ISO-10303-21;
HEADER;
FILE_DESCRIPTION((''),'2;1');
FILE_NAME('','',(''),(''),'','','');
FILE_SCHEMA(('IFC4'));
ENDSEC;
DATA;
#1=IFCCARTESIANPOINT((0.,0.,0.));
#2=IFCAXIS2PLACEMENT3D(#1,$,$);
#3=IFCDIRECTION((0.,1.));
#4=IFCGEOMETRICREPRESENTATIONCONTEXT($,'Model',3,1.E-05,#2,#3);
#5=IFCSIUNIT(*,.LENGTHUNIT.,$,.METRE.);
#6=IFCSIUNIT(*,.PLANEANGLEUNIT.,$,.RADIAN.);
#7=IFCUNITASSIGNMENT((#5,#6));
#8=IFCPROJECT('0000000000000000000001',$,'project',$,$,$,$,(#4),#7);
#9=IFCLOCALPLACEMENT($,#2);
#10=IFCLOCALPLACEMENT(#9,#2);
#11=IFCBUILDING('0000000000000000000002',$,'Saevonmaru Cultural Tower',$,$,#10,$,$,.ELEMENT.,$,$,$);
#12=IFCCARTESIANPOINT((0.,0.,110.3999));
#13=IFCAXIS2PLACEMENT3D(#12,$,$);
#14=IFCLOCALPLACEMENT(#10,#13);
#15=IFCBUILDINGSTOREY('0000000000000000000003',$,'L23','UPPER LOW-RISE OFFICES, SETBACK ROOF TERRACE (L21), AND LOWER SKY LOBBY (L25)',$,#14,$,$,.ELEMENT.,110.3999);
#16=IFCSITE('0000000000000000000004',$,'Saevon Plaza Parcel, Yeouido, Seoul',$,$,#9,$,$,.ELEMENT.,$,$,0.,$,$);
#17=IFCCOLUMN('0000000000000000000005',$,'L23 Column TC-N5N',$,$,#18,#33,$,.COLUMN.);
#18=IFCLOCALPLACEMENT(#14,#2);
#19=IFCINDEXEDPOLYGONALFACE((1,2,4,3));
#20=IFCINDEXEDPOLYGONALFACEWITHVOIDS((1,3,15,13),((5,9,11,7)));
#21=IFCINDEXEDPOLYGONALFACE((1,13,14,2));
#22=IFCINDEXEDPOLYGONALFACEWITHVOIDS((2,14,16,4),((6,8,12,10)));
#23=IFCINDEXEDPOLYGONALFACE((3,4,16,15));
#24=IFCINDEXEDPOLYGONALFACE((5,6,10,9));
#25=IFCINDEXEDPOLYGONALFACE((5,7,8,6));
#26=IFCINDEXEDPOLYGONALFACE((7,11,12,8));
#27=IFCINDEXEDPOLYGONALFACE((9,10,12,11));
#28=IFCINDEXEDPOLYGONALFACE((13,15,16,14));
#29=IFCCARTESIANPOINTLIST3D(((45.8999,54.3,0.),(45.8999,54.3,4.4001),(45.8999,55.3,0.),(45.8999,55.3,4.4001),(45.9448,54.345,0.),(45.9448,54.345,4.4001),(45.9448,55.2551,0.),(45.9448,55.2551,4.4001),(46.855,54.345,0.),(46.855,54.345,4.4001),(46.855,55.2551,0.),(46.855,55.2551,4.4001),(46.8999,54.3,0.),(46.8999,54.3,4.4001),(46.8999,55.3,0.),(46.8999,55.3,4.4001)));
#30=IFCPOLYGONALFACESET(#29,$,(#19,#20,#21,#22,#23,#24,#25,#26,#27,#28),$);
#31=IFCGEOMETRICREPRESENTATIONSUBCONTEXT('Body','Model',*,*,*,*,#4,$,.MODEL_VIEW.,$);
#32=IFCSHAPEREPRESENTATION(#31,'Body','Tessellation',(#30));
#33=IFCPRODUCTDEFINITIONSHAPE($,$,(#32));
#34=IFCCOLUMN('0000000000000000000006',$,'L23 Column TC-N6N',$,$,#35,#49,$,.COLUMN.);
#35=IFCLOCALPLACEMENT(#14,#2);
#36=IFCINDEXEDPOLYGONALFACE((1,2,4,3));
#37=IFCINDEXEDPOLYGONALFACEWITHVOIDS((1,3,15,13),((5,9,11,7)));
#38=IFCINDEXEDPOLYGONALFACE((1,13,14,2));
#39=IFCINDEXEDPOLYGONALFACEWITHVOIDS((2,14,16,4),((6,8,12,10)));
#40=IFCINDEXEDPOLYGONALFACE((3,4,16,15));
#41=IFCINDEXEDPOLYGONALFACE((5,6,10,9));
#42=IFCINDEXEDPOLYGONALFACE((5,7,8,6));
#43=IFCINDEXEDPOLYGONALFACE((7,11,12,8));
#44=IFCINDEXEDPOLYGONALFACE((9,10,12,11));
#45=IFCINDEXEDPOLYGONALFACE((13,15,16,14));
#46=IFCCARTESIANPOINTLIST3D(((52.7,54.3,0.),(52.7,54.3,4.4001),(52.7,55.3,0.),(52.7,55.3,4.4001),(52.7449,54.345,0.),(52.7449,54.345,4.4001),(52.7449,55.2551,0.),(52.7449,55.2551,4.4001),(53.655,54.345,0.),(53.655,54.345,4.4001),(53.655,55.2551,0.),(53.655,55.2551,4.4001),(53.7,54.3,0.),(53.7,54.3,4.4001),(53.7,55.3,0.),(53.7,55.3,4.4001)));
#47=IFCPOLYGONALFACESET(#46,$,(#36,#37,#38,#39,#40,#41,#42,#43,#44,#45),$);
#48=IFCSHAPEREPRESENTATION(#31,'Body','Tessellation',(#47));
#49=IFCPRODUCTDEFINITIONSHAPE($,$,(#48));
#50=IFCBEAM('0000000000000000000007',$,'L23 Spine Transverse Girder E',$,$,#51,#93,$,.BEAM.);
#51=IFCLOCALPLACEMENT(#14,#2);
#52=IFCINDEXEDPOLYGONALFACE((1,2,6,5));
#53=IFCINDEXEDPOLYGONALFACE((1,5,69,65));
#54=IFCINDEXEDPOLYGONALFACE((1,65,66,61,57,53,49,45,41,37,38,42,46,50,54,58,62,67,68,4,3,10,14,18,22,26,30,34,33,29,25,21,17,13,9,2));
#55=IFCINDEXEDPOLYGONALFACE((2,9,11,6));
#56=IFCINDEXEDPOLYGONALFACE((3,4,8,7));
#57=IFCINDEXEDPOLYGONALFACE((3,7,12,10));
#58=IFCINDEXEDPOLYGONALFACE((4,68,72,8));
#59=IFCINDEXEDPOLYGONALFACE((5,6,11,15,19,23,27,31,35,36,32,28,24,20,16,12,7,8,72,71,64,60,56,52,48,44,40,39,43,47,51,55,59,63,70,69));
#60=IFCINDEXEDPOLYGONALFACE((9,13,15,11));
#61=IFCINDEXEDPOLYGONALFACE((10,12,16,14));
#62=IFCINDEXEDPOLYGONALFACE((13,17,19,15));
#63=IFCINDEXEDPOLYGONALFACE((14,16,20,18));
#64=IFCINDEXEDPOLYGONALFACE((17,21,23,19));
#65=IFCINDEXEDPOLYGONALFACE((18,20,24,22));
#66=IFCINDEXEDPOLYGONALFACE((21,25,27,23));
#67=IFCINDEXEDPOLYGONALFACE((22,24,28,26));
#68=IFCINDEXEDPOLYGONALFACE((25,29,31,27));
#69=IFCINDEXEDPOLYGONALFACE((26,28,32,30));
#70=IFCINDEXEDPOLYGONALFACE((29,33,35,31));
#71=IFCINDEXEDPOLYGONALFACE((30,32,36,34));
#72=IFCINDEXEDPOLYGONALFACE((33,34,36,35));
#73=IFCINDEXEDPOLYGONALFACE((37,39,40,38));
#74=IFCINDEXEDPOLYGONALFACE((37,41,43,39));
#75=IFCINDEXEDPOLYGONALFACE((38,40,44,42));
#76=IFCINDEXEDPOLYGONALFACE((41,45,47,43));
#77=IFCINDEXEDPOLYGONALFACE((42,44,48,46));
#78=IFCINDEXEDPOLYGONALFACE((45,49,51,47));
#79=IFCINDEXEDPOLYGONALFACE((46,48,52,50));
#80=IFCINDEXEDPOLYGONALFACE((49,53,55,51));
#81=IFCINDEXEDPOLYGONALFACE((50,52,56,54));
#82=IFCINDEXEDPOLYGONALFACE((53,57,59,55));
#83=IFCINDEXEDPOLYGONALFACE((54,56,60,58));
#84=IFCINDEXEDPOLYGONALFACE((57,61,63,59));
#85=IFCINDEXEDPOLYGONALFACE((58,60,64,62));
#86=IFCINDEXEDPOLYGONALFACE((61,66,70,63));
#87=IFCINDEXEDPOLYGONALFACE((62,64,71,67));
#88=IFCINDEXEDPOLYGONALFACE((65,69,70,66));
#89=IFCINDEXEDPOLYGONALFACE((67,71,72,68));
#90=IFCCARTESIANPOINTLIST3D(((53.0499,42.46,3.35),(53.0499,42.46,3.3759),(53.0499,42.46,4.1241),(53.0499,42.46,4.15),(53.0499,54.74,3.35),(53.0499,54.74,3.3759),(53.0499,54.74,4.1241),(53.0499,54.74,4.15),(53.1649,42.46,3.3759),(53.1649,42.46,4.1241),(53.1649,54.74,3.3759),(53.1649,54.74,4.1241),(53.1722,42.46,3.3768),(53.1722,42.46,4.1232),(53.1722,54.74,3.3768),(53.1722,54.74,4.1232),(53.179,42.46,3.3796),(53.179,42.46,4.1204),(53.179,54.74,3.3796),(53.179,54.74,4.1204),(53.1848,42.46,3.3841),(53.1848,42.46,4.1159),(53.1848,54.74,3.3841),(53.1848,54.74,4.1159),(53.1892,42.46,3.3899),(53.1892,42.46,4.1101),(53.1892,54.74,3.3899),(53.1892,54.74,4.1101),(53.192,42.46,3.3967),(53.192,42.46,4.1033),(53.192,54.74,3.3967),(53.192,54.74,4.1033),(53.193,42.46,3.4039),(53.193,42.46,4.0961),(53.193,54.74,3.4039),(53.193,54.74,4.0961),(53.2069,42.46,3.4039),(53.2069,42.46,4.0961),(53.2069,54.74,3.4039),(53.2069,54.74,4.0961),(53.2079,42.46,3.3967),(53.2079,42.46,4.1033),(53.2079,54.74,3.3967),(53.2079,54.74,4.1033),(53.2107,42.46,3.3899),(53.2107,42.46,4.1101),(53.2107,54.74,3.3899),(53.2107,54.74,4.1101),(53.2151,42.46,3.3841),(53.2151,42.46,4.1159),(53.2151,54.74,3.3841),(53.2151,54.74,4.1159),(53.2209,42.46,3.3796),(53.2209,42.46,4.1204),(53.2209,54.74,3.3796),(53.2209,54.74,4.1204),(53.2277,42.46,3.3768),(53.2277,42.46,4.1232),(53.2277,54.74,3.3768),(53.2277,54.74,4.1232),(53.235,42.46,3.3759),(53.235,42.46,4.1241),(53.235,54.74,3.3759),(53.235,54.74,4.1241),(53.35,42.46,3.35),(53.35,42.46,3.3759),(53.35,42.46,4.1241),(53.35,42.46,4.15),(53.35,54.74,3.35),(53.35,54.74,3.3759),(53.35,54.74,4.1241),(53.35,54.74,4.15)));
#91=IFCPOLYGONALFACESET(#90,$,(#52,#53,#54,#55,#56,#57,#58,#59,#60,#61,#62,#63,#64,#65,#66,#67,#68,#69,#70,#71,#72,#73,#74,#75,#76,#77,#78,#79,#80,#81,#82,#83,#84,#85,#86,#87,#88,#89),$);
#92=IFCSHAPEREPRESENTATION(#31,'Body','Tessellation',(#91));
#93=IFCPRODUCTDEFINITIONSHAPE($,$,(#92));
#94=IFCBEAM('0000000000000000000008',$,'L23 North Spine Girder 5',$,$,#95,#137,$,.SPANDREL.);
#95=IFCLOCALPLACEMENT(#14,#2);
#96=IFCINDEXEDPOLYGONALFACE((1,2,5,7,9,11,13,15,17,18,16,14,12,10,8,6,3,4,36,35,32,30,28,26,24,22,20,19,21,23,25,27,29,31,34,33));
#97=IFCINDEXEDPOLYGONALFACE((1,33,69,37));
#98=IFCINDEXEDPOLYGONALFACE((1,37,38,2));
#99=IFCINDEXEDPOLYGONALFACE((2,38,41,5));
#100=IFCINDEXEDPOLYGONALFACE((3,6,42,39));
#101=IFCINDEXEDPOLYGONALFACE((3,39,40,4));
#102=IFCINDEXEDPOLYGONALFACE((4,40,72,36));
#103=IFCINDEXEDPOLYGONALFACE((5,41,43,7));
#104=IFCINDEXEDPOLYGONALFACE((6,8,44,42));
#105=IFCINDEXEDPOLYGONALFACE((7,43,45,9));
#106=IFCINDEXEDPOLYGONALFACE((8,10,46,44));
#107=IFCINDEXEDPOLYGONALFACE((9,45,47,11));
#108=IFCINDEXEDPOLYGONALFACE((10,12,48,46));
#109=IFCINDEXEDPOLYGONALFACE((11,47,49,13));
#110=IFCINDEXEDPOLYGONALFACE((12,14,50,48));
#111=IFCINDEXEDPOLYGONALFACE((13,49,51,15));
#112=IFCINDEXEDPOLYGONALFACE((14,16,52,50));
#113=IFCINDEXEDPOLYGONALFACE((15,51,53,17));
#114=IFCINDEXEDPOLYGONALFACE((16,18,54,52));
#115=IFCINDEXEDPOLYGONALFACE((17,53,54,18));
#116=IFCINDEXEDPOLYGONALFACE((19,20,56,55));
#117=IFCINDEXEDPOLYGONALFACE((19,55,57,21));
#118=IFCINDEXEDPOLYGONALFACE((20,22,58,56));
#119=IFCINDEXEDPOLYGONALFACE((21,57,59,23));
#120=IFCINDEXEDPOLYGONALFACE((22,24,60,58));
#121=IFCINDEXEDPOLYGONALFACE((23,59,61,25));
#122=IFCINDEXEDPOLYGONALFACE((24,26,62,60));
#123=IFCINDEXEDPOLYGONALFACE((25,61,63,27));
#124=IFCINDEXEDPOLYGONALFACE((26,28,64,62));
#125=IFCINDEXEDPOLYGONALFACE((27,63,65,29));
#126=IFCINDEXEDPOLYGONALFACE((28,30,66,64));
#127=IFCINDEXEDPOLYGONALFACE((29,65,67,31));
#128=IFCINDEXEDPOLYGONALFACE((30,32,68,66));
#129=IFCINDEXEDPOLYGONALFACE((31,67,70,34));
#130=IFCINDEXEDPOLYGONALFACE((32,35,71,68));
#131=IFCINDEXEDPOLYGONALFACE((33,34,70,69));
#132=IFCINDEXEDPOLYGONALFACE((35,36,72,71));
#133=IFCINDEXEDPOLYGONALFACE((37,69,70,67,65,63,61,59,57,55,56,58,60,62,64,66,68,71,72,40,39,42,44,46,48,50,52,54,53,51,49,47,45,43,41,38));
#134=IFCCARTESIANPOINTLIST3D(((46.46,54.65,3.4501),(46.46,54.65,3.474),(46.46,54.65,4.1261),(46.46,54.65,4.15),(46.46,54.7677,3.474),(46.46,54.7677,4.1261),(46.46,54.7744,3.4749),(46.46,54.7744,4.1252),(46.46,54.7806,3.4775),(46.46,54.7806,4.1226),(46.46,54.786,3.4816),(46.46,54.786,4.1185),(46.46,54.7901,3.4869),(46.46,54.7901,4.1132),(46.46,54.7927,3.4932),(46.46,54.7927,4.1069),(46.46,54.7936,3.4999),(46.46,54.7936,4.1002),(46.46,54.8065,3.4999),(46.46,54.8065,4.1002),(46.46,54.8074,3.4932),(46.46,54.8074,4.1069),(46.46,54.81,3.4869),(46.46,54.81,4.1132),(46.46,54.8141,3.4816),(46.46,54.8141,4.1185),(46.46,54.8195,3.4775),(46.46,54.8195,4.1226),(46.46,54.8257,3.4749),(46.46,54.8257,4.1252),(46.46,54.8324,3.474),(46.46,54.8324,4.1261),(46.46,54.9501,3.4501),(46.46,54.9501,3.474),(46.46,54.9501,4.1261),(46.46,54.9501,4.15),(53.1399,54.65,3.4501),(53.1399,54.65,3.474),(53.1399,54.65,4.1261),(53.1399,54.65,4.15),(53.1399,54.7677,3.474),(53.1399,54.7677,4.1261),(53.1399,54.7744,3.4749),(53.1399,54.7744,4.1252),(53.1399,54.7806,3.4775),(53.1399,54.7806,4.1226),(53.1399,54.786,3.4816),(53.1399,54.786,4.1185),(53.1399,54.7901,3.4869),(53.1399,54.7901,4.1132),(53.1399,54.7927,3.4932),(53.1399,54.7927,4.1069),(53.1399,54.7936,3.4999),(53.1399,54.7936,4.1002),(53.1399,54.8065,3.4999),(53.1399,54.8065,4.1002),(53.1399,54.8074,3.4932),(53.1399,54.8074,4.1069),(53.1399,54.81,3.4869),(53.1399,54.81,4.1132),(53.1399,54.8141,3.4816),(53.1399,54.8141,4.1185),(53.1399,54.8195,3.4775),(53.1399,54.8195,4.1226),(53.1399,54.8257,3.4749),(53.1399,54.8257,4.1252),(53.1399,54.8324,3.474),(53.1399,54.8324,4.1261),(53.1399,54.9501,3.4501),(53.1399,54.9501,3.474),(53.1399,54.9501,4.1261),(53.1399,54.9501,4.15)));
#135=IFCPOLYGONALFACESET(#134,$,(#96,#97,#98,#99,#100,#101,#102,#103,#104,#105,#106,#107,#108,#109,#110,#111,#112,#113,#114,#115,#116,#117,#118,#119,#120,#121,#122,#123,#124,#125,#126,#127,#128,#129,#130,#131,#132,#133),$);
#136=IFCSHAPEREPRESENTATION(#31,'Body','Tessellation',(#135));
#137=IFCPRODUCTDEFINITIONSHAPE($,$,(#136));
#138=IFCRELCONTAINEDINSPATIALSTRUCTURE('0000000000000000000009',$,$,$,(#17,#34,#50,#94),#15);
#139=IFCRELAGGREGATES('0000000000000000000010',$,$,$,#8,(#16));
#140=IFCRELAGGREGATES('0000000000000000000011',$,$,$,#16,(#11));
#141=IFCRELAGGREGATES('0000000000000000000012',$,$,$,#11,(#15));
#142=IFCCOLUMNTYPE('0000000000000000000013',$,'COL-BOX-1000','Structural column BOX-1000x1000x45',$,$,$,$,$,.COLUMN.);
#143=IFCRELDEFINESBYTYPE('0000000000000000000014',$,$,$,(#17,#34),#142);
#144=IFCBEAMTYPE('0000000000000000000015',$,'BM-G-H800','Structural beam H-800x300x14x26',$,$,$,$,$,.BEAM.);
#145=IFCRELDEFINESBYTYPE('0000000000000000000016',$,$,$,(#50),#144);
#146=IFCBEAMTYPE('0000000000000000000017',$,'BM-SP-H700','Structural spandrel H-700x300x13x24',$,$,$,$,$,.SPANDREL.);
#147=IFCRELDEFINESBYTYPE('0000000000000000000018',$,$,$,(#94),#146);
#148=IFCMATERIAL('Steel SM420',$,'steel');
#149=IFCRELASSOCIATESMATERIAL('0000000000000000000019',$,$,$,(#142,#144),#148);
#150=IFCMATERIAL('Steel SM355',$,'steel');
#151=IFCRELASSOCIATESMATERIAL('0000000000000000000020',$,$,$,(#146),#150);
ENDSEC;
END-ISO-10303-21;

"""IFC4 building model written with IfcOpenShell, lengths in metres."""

from ifc_helpers import new_model, si_unit, direction, frame, origin, origin_2d, place, context, subcontext, project, spatial, hollow_rectangle, i_section, extrude, material, material_profile, profile_set, type_object, element, save


model = new_model("IFC4")

# Units and contexts
model_context = context("Model", 3, precision=1e-05, world=origin(), true_north=direction((0.0, 1.0)))
body_context = subcontext(model_context, "Body", "Model", "MODEL_VIEW")
ifc_project = project(units=[si_unit("LENGTHUNIT", "METRE"), si_unit("PLANEANGLEUNIT", "RADIAN")], contexts=[model_context])

# Site, building, storey
site_placement = place(None, origin())
site = spatial("IfcSite", under=ifc_project, at=site_placement, Name="Saevon Plaza Parcel, Yeouido, Seoul", CompositionType="ELEMENT", RefElevation=0.0)
building_placement = place(site_placement, origin())
building = spatial("IfcBuilding", under=site, at=building_placement, Name="Saevonmaru Cultural Tower", CompositionType="ELEMENT")
storey_placement = place(building_placement, frame((0.0, 0.0, 110.3999)))
storey = spatial("IfcBuildingStorey", under=building, at=storey_placement, Name="L23", Description="UPPER LOW-RISE OFFICES, SETBACK ROOF TERRACE (L21), AND LOWER SKY LOBBY (L25)", CompositionType="ELEMENT", Elevation=110.3999)

# Columns
ifc_material_1 = material(Name="Steel SM420", Category="steel")
ifc_material_profile_1 = material_profile(ifc_material_1, hollow_rectangle(XDim=1.0, YDim=1.0, WallThickness=0.0449, at=origin_2d()), Name="BOX-1000x1000x45")
ifc_profile_set_1 = profile_set([ifc_material_profile_1], Name="Steel SM420")
column_type = type_object("IfcColumnType", Name="COL-BOX-1000", Description="Structural column BOX-1000x1000x45", PredefinedType="COLUMN", material=ifc_profile_set_1)
for number, where, z_axis, x_axis, name in (
    (1, (46.3999, 54.8, 0.0), (0.0, 0.0, 1.0), (1.0, 0.0, 0.0), "L23 Column TC-N5N"),
    (2, (53.2, 54.8, 0.0), (0.0, 0.0, 1.0), (1.0, 0.0, 0.0), "L23 Column TC-N6N"),
):
    element("IfcColumn", number, at=place(storey_placement, frame(where, z_axis=z_axis, x_axis=x_axis)), inside=storey, type_object=column_type, Name=name, PredefinedType="COLUMN", context=body_context, shape_type="SweptSolid", body=[
        extrude(hollow_rectangle(XDim=1.0, YDim=1.0, WallThickness=0.0449, at=origin_2d()), origin(), (0.0, 0.0, 1.0), 4.4001),
    ])

# Beams
ifc_material_profile_2 = material_profile(ifc_material_1, i_section(OverallWidth=0.3, OverallDepth=0.8, WebThickness=0.0139, FlangeThickness=0.0259, FilletRadius=0.0281, at=origin_2d()), Name="H-800x300x14x26")
ifc_profile_set_2 = profile_set([ifc_material_profile_2], Name="Steel SM420")
beam_type_1 = type_object("IfcBeamType", Name="BM-G-H800", Description="Structural beam H-800x300x14x26", PredefinedType="BEAM", material=ifc_profile_set_2)
beam_1_placement = place(storey_placement, frame((53.2, 54.74, 3.75), z_axis=(0.0, -1.0, 0.0), x_axis=(1.0, 0.0, 0.0)))
element("IfcBeam", 3, at=beam_1_placement, inside=storey, type_object=beam_type_1, Name="L23 Spine Transverse Girder E", PredefinedType="BEAM", context=body_context, shape_type="SweptSolid", body=[
    extrude(i_section(OverallWidth=0.3, OverallDepth=0.8, WebThickness=0.0139, FlangeThickness=0.0259, FilletRadius=0.0281, at=origin_2d()), origin(), (0.0, 0.0, 1.0), 12.28),
])
ifc_material_2 = material(Name="Steel SM355", Category="steel")
ifc_material_profile_3 = material_profile(ifc_material_2, i_section(OverallWidth=0.3, OverallDepth=0.7, WebThickness=0.0129, FlangeThickness=0.0239, FilletRadius=0.0259, at=origin_2d()), Name="H-700x300x13x24")
ifc_profile_set_3 = profile_set([ifc_material_profile_3], Name="Steel SM355")
beam_type_2 = type_object("IfcBeamType", Name="BM-SP-H700", Description="Structural spandrel H-700x300x13x24", PredefinedType="SPANDREL", material=ifc_profile_set_3)
beam_2_placement = place(storey_placement, frame((46.46, 54.8, 3.8), z_axis=(1.0, 0.0, 0.0), x_axis=(0.0, 1.0, 0.0)))
element("IfcBeam", 4, at=beam_2_placement, inside=storey, type_object=beam_type_2, Name="L23 North Spine Girder 5", PredefinedType="SPANDREL", context=body_context, shape_type="SweptSolid", body=[
    extrude(i_section(OverallWidth=0.3, OverallDepth=0.7, WebThickness=0.0129, FlangeThickness=0.0239, FilletRadius=0.0259, at=origin_2d()), origin(), (0.0, 0.0, 1.0), 6.6799),
])

save(model, "model.ifc")
